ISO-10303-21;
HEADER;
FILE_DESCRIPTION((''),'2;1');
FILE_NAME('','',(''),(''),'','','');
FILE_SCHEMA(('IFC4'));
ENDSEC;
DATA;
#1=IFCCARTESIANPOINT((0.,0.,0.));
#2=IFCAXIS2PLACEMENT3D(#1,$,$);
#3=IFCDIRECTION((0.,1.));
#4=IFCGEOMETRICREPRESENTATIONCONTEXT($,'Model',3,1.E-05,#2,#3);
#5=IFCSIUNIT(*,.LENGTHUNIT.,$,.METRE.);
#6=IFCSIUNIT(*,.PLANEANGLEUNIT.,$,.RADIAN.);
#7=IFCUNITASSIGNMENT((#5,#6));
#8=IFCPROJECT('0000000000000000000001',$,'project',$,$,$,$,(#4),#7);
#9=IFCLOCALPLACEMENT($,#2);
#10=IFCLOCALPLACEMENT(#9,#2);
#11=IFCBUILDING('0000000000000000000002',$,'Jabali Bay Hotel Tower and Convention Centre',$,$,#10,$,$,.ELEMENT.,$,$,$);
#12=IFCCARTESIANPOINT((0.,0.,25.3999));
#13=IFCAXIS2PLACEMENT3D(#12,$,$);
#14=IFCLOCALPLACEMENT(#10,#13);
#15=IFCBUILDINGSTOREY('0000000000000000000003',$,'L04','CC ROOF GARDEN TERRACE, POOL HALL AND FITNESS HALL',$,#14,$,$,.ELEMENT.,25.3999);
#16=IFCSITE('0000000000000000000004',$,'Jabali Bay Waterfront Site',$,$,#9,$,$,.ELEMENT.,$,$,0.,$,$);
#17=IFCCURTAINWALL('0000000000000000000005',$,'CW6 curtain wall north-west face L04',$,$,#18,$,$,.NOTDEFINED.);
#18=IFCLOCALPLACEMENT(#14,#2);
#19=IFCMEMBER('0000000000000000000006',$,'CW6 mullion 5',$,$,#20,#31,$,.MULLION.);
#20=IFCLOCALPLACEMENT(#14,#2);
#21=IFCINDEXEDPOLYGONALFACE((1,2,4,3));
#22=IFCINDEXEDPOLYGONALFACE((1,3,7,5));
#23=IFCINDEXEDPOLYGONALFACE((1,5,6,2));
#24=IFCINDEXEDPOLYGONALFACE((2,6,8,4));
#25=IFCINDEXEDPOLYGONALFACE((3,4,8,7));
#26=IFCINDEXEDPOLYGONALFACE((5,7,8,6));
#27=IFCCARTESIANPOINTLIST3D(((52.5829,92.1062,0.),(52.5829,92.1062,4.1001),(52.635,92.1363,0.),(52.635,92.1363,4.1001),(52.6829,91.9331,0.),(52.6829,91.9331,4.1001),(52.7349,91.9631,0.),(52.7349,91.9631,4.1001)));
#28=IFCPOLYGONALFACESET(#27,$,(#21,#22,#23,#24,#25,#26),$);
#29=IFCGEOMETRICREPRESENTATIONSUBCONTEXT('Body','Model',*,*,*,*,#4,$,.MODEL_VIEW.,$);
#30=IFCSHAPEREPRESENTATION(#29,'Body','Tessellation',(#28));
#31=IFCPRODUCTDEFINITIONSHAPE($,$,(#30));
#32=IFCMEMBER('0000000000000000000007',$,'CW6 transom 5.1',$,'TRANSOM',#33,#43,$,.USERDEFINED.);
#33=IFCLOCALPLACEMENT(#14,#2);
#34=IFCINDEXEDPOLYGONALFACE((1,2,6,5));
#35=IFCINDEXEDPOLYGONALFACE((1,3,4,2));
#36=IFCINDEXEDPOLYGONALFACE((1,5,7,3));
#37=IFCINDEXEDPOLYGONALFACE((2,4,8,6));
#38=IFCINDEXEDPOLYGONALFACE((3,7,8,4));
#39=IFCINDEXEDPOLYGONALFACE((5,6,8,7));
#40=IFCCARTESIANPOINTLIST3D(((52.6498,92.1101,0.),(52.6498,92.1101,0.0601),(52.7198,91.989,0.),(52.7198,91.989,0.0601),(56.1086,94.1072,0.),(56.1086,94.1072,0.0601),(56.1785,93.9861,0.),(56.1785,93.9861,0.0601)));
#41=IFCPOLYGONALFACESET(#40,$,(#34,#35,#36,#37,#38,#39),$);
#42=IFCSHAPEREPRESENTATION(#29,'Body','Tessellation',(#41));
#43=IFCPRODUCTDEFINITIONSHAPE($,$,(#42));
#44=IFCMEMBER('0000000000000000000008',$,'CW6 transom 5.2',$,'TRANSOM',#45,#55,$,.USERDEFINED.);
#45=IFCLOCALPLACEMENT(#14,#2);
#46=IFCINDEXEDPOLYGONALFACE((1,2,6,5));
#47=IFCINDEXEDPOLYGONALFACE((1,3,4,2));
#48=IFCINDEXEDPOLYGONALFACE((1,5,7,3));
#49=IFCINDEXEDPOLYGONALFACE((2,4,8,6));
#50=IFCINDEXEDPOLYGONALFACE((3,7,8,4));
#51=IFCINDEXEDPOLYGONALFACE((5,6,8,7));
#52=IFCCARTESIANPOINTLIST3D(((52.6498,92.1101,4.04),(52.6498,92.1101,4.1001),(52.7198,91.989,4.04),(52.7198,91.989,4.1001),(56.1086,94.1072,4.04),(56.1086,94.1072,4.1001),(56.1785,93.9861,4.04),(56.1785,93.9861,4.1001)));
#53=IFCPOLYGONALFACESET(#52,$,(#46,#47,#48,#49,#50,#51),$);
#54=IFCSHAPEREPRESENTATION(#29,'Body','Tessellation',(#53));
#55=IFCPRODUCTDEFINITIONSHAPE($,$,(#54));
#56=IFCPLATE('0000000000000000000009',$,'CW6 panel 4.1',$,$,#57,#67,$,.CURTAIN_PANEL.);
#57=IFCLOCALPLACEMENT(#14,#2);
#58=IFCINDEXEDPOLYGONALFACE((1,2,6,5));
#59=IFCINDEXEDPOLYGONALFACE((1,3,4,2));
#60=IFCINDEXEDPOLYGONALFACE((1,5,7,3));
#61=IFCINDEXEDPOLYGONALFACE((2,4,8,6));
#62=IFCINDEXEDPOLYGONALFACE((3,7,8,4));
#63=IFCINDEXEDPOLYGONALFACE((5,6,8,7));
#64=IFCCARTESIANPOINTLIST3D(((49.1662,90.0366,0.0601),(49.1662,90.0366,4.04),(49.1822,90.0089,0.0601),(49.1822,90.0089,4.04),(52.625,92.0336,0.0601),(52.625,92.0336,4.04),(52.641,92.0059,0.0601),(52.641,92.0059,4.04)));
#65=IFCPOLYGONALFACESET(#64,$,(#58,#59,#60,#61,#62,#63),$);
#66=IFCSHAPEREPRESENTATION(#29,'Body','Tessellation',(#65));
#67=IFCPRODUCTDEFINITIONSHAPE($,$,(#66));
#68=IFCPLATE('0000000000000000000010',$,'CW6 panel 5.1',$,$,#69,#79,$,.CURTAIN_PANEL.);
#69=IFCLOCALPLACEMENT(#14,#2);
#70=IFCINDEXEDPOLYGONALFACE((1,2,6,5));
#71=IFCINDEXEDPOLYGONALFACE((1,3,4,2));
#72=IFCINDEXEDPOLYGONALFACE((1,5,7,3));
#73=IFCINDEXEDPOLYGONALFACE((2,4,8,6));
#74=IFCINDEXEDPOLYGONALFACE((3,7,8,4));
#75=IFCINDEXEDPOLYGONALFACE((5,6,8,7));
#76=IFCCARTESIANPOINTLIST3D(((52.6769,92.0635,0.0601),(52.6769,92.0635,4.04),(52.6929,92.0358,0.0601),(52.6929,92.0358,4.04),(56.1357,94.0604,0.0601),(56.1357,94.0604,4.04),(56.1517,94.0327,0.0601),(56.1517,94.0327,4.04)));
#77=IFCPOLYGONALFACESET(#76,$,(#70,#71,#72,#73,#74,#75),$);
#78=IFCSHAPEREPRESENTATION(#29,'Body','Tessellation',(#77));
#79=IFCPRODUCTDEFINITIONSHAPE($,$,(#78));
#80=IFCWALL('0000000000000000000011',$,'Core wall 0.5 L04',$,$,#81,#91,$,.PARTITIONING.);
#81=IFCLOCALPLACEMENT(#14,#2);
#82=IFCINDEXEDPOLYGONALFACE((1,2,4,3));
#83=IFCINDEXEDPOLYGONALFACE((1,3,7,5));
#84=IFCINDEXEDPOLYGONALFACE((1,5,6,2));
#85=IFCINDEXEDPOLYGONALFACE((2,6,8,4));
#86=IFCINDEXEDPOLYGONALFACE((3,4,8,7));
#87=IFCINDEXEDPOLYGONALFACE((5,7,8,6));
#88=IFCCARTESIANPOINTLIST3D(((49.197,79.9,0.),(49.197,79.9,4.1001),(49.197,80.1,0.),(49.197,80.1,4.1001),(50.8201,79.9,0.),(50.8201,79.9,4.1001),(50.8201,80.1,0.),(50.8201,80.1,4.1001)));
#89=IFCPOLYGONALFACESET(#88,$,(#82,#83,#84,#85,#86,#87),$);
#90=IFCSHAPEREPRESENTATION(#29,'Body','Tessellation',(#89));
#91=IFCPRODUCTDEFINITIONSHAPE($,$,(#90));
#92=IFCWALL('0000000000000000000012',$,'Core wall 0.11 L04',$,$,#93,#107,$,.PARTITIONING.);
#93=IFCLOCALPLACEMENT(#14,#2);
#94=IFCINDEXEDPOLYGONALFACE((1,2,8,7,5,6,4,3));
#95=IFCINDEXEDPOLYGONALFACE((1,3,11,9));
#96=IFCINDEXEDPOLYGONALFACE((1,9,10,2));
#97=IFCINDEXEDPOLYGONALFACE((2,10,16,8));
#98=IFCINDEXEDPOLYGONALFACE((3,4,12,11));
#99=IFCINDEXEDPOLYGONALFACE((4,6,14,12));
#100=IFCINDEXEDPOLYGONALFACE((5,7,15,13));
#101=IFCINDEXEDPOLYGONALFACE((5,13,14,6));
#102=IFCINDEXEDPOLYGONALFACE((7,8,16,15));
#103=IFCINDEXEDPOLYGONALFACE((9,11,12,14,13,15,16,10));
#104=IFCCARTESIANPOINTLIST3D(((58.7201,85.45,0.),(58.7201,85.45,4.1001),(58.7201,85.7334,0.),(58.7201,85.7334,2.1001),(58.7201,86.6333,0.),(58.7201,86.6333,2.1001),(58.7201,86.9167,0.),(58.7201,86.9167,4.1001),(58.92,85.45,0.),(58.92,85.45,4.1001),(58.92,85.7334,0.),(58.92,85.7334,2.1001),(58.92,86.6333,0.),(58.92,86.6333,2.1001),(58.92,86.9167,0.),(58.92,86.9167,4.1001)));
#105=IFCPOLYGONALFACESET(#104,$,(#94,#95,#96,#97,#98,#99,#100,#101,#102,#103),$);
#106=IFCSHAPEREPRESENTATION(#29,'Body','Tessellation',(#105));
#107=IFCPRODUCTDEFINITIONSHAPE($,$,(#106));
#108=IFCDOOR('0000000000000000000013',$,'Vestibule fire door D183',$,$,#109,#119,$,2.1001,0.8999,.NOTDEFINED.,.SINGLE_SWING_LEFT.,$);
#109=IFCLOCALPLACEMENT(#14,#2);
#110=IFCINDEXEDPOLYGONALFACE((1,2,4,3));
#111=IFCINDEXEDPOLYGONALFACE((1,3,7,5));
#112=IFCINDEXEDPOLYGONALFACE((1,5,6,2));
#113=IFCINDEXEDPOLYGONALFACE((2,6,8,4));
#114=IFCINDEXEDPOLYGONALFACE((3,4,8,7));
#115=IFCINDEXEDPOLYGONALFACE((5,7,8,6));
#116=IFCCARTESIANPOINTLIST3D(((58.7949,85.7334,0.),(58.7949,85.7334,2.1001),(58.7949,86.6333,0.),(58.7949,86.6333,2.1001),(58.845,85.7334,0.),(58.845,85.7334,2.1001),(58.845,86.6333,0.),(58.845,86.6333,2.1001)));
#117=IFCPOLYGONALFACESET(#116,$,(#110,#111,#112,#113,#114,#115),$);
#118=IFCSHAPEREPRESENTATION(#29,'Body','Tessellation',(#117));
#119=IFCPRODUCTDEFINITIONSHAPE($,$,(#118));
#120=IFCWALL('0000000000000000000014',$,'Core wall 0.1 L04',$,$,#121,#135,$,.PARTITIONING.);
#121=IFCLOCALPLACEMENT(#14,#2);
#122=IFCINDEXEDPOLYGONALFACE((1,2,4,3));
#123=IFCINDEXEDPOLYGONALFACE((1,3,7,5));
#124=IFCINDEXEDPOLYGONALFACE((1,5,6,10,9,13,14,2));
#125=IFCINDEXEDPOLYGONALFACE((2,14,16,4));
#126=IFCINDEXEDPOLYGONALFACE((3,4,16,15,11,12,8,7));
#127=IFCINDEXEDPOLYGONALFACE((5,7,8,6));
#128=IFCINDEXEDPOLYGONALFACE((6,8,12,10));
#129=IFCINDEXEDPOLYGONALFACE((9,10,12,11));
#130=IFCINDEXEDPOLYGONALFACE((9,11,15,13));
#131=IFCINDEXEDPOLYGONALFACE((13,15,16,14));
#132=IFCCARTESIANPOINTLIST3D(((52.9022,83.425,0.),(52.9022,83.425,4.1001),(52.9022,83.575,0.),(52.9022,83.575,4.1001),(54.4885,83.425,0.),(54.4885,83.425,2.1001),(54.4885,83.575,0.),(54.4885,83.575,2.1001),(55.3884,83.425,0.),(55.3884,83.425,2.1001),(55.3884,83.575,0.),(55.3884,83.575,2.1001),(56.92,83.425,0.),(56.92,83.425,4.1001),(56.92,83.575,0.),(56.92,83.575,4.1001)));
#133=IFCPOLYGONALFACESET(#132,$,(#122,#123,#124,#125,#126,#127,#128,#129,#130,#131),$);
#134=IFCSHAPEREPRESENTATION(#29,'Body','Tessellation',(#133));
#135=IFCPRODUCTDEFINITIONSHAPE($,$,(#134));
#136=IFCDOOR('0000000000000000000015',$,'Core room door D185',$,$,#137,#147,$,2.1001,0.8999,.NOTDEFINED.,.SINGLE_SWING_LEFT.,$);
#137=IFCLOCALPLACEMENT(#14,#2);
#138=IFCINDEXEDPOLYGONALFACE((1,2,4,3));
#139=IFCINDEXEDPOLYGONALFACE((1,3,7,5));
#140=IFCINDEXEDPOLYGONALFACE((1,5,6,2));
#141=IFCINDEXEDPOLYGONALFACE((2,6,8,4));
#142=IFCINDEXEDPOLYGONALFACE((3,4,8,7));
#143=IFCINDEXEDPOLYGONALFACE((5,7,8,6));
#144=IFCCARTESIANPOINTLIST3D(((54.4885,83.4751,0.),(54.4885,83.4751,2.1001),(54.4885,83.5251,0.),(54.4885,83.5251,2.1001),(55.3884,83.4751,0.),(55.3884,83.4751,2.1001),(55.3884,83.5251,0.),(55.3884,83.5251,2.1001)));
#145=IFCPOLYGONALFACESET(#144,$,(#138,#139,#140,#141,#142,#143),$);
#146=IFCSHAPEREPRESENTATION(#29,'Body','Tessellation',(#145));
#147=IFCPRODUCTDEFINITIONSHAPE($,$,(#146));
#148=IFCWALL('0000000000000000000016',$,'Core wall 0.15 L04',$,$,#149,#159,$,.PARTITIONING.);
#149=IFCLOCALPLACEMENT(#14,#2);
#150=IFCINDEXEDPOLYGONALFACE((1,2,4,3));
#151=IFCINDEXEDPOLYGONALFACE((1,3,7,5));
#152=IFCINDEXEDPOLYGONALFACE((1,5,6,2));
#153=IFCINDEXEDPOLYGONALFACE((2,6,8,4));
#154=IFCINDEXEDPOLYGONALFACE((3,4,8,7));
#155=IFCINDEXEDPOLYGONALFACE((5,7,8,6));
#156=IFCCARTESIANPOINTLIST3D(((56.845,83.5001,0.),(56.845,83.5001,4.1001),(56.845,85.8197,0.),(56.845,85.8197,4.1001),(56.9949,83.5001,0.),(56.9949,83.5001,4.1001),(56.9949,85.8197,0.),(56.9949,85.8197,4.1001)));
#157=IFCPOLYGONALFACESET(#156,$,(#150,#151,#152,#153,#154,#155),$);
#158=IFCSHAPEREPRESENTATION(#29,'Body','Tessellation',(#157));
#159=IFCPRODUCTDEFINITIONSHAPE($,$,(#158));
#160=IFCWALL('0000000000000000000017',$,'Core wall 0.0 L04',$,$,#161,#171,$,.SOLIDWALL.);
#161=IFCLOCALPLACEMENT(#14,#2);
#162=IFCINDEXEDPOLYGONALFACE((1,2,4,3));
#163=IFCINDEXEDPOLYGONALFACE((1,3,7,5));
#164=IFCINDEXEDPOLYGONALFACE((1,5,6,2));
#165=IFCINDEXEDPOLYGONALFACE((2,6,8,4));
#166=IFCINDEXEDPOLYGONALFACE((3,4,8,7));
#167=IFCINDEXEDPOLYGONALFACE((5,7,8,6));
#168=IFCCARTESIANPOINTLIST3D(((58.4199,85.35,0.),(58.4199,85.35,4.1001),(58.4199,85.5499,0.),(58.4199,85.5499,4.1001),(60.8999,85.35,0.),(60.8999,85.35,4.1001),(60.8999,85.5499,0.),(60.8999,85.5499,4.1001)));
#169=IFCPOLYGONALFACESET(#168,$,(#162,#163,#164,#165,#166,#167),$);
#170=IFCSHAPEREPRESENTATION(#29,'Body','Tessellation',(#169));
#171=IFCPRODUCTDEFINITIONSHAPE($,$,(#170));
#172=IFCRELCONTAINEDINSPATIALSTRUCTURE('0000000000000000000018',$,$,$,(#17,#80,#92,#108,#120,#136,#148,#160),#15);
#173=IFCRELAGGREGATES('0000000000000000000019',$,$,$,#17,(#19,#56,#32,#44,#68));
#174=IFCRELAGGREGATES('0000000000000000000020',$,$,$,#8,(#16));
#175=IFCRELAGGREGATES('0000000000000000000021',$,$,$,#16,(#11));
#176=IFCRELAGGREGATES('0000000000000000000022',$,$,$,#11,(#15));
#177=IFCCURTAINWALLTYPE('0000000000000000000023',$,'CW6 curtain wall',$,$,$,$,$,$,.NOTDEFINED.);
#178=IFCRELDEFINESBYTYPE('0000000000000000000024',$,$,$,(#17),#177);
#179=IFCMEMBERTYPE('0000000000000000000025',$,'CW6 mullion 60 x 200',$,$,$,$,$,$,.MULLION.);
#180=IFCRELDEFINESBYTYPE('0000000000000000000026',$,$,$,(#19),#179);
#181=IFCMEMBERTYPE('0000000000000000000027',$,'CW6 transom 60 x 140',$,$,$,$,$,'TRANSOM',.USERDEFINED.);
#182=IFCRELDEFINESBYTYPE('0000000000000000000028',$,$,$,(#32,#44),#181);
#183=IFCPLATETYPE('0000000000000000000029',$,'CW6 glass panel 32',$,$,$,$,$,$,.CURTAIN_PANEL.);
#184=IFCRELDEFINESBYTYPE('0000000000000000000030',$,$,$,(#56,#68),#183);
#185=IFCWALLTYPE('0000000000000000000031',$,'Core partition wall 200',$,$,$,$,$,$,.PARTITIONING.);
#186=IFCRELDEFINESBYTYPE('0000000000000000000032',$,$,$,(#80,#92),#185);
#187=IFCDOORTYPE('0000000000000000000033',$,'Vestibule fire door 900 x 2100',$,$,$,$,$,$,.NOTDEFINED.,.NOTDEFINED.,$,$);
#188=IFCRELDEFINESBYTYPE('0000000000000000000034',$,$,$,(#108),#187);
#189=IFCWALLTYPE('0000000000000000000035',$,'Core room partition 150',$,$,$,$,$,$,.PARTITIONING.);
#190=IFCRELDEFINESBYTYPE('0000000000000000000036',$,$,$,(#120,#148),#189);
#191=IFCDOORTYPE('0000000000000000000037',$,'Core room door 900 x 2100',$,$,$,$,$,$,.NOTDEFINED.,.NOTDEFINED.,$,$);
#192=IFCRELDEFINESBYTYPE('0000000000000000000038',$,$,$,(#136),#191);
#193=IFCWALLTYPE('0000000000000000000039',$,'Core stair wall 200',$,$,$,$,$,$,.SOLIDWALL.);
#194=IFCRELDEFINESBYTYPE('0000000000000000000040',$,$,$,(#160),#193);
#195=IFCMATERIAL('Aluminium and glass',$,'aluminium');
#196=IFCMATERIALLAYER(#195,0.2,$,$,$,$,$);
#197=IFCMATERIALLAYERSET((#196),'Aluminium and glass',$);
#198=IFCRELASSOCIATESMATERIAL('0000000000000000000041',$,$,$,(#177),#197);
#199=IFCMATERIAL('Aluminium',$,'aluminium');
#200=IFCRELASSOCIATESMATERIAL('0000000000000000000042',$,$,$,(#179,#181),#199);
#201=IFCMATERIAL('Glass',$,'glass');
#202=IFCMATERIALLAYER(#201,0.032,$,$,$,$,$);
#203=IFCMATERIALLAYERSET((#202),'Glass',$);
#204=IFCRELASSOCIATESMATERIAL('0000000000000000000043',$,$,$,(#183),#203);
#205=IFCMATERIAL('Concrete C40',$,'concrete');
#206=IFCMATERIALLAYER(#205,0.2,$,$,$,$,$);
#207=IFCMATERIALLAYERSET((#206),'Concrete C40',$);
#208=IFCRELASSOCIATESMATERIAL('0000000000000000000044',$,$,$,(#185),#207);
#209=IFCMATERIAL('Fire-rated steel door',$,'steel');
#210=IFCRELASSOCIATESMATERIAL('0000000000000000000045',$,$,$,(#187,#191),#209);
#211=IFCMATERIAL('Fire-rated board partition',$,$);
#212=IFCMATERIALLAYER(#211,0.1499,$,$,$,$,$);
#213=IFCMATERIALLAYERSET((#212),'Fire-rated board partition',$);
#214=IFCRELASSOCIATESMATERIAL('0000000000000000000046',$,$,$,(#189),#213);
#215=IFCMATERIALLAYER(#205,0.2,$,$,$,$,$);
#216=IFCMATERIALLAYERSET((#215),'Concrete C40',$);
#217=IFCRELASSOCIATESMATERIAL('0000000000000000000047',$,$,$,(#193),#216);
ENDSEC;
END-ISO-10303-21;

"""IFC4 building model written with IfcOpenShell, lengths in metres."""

from ifc_helpers import new_model, si_unit, direction, frame, frame_2d, origin, origin_2d, place, context, subcontext, project, spatial, rectangle, extrude, material, layer, layer_set, material_profile, profile_set, type_object, element, fill, aggregate, save


model = new_model("IFC4")

# Units and contexts
model_context = context("Model", 3, precision=1e-05, world=origin(), true_north=direction((0.0, 1.0)))
body_context = subcontext(model_context, "Body", "Model", "MODEL_VIEW")
ifc_project = project(units=[si_unit("LENGTHUNIT", "METRE"), si_unit("PLANEANGLEUNIT", "RADIAN")], contexts=[model_context])

# Site, building, storey
site_placement = place(None, origin())
site = spatial("IfcSite", under=ifc_project, at=site_placement, Name="Jabali Bay Waterfront Site", CompositionType="ELEMENT", RefElevation=0.0)
building_placement = place(site_placement, origin())
building = spatial("IfcBuilding", under=site, at=building_placement, Name="Jabali Bay Hotel Tower and Convention Centre", CompositionType="ELEMENT")
storey_placement = place(building_placement, frame((0.0, 0.0, 25.3999)))
storey = spatial("IfcBuildingStorey", under=building, at=storey_placement, Name="L04", Description="CC ROOF GARDEN TERRACE, POOL HALL AND FITNESS HALL", CompositionType="ELEMENT", Elevation=25.3999)

# Curtain wall, members, plates
ifc_material_1 = material(Name="Aluminium and glass", Category="aluminium")
ifc_layer_1 = layer(ifc_material_1, 0.2)
ifc_layer_set_1 = layer_set([ifc_layer_1], Name="Aluminium and glass")
curtain_wall_type = type_object("IfcCurtainWallType", Name="CW6 curtain wall", PredefinedType="NOTDEFINED", material=ifc_layer_set_1)
curtain_wall_placement = place(storey_placement, origin())
curtain_wall = element("IfcCurtainWall", 1, at=curtain_wall_placement, inside=storey, type_object=curtain_wall_type, Name="CW6 curtain wall north-west face L04", PredefinedType="NOTDEFINED")
ifc_material_2 = material(Name="Aluminium", Category="aluminium")
ifc_material_profile_1 = material_profile(ifc_material_2, rectangle(XDim=0.2, YDim=0.0601, at=origin_2d()), Name="CW6 mullion 60 x 200")
ifc_profile_set_1 = profile_set([ifc_material_profile_1], Name="Aluminium")
member_type_1 = type_object("IfcMemberType", Name="CW6 mullion 60 x 200", PredefinedType="MULLION", material=ifc_profile_set_1)
member_1_placement = place(storey_placement, frame((52.6589, 92.0347, 0.0), z_axis=(0.0, 0.0, 1.0), x_axis=(-0.5, 0.866025, 0.0)))
member_1 = element("IfcMember", 2, at=member_1_placement, type_object=member_type_1, Name="CW6 mullion 5", PredefinedType="MULLION", context=body_context, shape_type="SweptSolid", body=[
    extrude(rectangle(XDim=0.2, YDim=0.0601, at=origin_2d()), origin(), (0.0, 0.0, 1.0), 4.1001),
])
ifc_material_profile_2 = material_profile(ifc_material_2, rectangle(XDim=0.1399, YDim=0.0601, at=origin_2d()), Name="CW6 transom 60 x 140")
ifc_profile_set_2 = profile_set([ifc_material_profile_2], Name="Aluminium")
member_type_2 = type_object("IfcMemberType", Name="CW6 transom 60 x 140", ElementType="TRANSOM", PredefinedType="USERDEFINED", material=ifc_profile_set_2)
member_2_placement = place(storey_placement, frame((52.6848, 92.0496, 0.03), z_axis=(0.866007, 0.500031, 0.0), x_axis=(-0.500031, 0.866007, 0.0)))
member_2 = element("IfcMember", 3, at=member_2_placement, type_object=member_type_2, Name="CW6 transom 5.1", ObjectType="TRANSOM", PredefinedType="USERDEFINED", context=body_context, shape_type="SweptSolid", body=[
    extrude(rectangle(XDim=0.1399, YDim=0.0601, at=origin_2d()), origin(), (0.0, 0.0, 1.0), 3.9939),
])
member_3_placement = place(storey_placement, frame((52.6848, 92.0496, 4.0701), z_axis=(0.866007, 0.500031, 0.0), x_axis=(-0.500031, 0.866007, 0.0)))
member_3 = element("IfcMember", 4, at=member_3_placement, type_object=member_type_2, Name="CW6 transom 5.2", ObjectType="TRANSOM", PredefinedType="USERDEFINED", context=body_context, shape_type="SweptSolid", body=[
    extrude(rectangle(XDim=0.1399, YDim=0.0601, at=origin_2d()), origin(), (0.0, 0.0, 1.0), 3.9939),
])
ifc_material_3 = material(Name="Glass", Category="glass")
ifc_layer_2 = layer(ifc_material_3, 0.032)
ifc_layer_set_2 = layer_set([ifc_layer_2], Name="Glass")
plate_type = type_object("IfcPlateType", Name="CW6 glass panel 32", PredefinedType="CURTAIN_PANEL", material=ifc_layer_set_2)
plate_1_placement = place(storey_placement, frame((50.9036, 91.0212, 0.0601), z_axis=(0.0, 0.0, 1.0), x_axis=(0.866025, 0.5, 0.0)))
plate_1 = element("IfcPlate", 5, at=plate_1_placement, type_object=plate_type, Name="CW6 panel 4.1", PredefinedType="CURTAIN_PANEL", context=body_context, shape_type="SweptSolid", body=[
    extrude(rectangle(XDim=3.9939, YDim=0.032, at=origin_2d()), origin(), (0.0, 0.0, 1.0), 3.98),
])
plate_2_placement = place(storey_placement, frame((54.4143, 93.0481, 0.0601), z_axis=(0.0, 0.0, 1.0), x_axis=(0.866025, 0.5, 0.0)))
plate_2 = element("IfcPlate", 6, at=plate_2_placement, type_object=plate_type, Name="CW6 panel 5.1", PredefinedType="CURTAIN_PANEL", context=body_context, shape_type="SweptSolid", body=[
    extrude(rectangle(XDim=3.9939, YDim=0.032, at=origin_2d()), origin(), (0.0, 0.0, 1.0), 3.98),
])
aggregate(curtain_wall, [member_1, plate_1, member_2, member_3, plate_2])

# Wall
ifc_material_4 = material(Name="Concrete C40", Category="concrete")
ifc_layer_3 = layer(ifc_material_4, 0.2)
ifc_layer_set_3 = layer_set([ifc_layer_3], Name="Concrete C40")
wall_type_1 = type_object("IfcWallType", Name="Core partition wall 200", PredefinedType="PARTITIONING", material=ifc_layer_set_3)
wall_1_placement = place(storey_placement, frame((50.8201, 80.0, 0.0), z_axis=(0.0, 0.0, 1.0), x_axis=(-1.0, 0.0, 0.0)))
element("IfcWall", 7, at=wall_1_placement, inside=storey, type_object=wall_type_1, Name="Core wall 0.5 L04", PredefinedType="PARTITIONING", context=body_context, shape_type="SweptSolid", body=[
    extrude(rectangle(XDim=1.623, YDim=0.2, at=frame_2d((0.8115, 0.0))), origin(), (0.0, 0.0, 1.0), 4.1001),
])

# Walls, openings, doors
wall_2_placement = place(storey_placement, frame((58.8201, 86.9167, 0.0), z_axis=(0.0, 0.0, 1.0), x_axis=(0.0, -1.0, 0.0)))
wall_2 = element("IfcWall", 8, at=wall_2_placement, inside=storey, type_object=wall_type_1, Name="Core wall 0.11 L04", PredefinedType="PARTITIONING", context=body_context, shape_type="SweptSolid", body=[
    extrude(rectangle(XDim=1.4668, YDim=0.2, at=frame_2d((0.7334, 0.0))), origin(), (0.0, 0.0, 1.0), 4.1001),
])
opening_1_placement = place(wall_2_placement, frame((0.2834, 0.0, 0.0)))
opening_1 = element("IfcOpeningElement", 9, at=opening_1_placement, cuts=wall_2, PredefinedType="OPENING", context=body_context, shape_type="SweptSolid", body=[
    extrude(rectangle(XDim=0.8999, YDim=2.1001, at=frame_2d((0.45, 1.05))), frame((0.0, 0.1104, 0.0), z_axis=(0.0, -1.0, 0.0), x_axis=(1.0, 0.0, 0.0)), (0.0, 0.0, 1.0), 0.2209),
])
ifc_material_5 = material(Name="Fire-rated steel door", Category="steel")
door_type_1 = type_object("IfcDoorType", Name="Vestibule fire door 900 x 2100", OperationType="NOTDEFINED", PredefinedType="NOTDEFINED", material=ifc_material_5)
door_1_placement = place(opening_1_placement, origin())
door_1 = element("IfcDoor", 10, at=door_1_placement, inside=storey, type_object=door_type_1, Name="Vestibule fire door D183", OperationType="SINGLE_SWING_LEFT", OverallHeight=2.1001, OverallWidth=0.8999, PredefinedType="NOTDEFINED", context=body_context, shape_type="SweptSolid", body=[
    extrude(rectangle(XDim=0.8999, YDim=2.1001, at=frame_2d((0.45, 1.05))), frame((0.0, 0.0249, 0.0), z_axis=(0.0, -1.0, 0.0), x_axis=(1.0, 0.0, 0.0)), (0.0, 0.0, 1.0), 0.05),
])
fill(opening_1, door_1)
ifc_material_6 = material(Name="Fire-rated board partition")
ifc_layer_4 = layer(ifc_material_6, 0.1499)
ifc_layer_set_4 = layer_set([ifc_layer_4], Name="Fire-rated board partition")
wall_type_2 = type_object("IfcWallType", Name="Core room partition 150", PredefinedType="PARTITIONING", material=ifc_layer_set_4)
wall_3_placement = place(storey_placement, frame((56.9199, 83.5, 0.0), z_axis=(0.0, 0.0, 1.0), x_axis=(-1.0, 0.0, 0.0)))
wall_3 = element("IfcWall", 11, at=wall_3_placement, inside=storey, type_object=wall_type_2, Name="Core wall 0.1 L04", PredefinedType="PARTITIONING", context=body_context, shape_type="SweptSolid", body=[
    extrude(rectangle(XDim=4.0178, YDim=0.1499, at=frame_2d((2.0088, 0.0))), origin(), (0.0, 0.0, 1.0), 4.1001),
])
opening_2_placement = place(wall_3_placement, frame((1.5315, 0.0, 0.0)))
opening_2 = element("IfcOpeningElement", 12, at=opening_2_placement, cuts=wall_3, PredefinedType="OPENING", context=body_context, shape_type="SweptSolid", body=[
    extrude(rectangle(XDim=0.8999, YDim=2.1001, at=frame_2d((0.45, 1.05))), frame((0.0, 0.0854, 0.0), z_axis=(0.0, -1.0, 0.0), x_axis=(1.0, 0.0, 0.0)), (0.0, 0.0, 1.0), 0.1709),
])
door_type_2 = type_object("IfcDoorType", Name="Core room door 900 x 2100", OperationType="NOTDEFINED", PredefinedType="NOTDEFINED", material=ifc_material_5)
door_2_placement = place(opening_2_placement, origin())
door_2 = element("IfcDoor", 13, at=door_2_placement, inside=storey, type_object=door_type_2, Name="Core room door D185", OperationType="SINGLE_SWING_LEFT", OverallHeight=2.1001, OverallWidth=0.8999, PredefinedType="NOTDEFINED", context=body_context, shape_type="SweptSolid", body=[
    extrude(rectangle(XDim=0.8999, YDim=2.1001, at=frame_2d((0.45, 1.05))), frame((0.0, 0.0249, 0.0), z_axis=(0.0, -1.0, 0.0), x_axis=(1.0, 0.0, 0.0)), (0.0, 0.0, 1.0), 0.05),
])
fill(opening_2, door_2)

# Walls
wall_4_placement = place(storey_placement, frame((56.9199, 85.8196, 0.0), z_axis=(0.0, 0.0, 1.0), x_axis=(0.0, -1.0, 0.0)))
element("IfcWall", 14, at=wall_4_placement, inside=storey, type_object=wall_type_2, Name="Core wall 0.15 L04", PredefinedType="PARTITIONING", context=body_context, shape_type="SweptSolid", body=[
    extrude(rectangle(XDim=2.3196, YDim=0.1499, at=frame_2d((1.1597, 0.0))), origin(), (0.0, 0.0, 1.0), 4.1001),
])
ifc_layer_5 = layer(ifc_material_4, 0.2)
ifc_layer_set_5 = layer_set([ifc_layer_5], Name="Concrete C40")
wall_type_3 = type_object("IfcWallType", Name="Core stair wall 200", PredefinedType="SOLIDWALL", material=ifc_layer_set_5)
for number, where, z_axis, x_axis, name in (
    (15, (60.8999, 85.45, 0.0), (0.0, 0.0, 1.0), (-1.0, 0.0, 0.0), "Core wall 0.0 L04"),
):
    element("IfcWall", number, at=place(storey_placement, frame(where, z_axis=z_axis, x_axis=x_axis)), inside=storey, type_object=wall_type_3, Name=name, PredefinedType="SOLIDWALL", context=body_context, shape_type="SweptSolid", body=[
        extrude(rectangle(XDim=2.48, YDim=0.2, at=frame_2d((1.24, 0.0))), origin(), (0.0, 0.0, 1.0), 4.1001),
    ])

save(model, "model.ifc")
